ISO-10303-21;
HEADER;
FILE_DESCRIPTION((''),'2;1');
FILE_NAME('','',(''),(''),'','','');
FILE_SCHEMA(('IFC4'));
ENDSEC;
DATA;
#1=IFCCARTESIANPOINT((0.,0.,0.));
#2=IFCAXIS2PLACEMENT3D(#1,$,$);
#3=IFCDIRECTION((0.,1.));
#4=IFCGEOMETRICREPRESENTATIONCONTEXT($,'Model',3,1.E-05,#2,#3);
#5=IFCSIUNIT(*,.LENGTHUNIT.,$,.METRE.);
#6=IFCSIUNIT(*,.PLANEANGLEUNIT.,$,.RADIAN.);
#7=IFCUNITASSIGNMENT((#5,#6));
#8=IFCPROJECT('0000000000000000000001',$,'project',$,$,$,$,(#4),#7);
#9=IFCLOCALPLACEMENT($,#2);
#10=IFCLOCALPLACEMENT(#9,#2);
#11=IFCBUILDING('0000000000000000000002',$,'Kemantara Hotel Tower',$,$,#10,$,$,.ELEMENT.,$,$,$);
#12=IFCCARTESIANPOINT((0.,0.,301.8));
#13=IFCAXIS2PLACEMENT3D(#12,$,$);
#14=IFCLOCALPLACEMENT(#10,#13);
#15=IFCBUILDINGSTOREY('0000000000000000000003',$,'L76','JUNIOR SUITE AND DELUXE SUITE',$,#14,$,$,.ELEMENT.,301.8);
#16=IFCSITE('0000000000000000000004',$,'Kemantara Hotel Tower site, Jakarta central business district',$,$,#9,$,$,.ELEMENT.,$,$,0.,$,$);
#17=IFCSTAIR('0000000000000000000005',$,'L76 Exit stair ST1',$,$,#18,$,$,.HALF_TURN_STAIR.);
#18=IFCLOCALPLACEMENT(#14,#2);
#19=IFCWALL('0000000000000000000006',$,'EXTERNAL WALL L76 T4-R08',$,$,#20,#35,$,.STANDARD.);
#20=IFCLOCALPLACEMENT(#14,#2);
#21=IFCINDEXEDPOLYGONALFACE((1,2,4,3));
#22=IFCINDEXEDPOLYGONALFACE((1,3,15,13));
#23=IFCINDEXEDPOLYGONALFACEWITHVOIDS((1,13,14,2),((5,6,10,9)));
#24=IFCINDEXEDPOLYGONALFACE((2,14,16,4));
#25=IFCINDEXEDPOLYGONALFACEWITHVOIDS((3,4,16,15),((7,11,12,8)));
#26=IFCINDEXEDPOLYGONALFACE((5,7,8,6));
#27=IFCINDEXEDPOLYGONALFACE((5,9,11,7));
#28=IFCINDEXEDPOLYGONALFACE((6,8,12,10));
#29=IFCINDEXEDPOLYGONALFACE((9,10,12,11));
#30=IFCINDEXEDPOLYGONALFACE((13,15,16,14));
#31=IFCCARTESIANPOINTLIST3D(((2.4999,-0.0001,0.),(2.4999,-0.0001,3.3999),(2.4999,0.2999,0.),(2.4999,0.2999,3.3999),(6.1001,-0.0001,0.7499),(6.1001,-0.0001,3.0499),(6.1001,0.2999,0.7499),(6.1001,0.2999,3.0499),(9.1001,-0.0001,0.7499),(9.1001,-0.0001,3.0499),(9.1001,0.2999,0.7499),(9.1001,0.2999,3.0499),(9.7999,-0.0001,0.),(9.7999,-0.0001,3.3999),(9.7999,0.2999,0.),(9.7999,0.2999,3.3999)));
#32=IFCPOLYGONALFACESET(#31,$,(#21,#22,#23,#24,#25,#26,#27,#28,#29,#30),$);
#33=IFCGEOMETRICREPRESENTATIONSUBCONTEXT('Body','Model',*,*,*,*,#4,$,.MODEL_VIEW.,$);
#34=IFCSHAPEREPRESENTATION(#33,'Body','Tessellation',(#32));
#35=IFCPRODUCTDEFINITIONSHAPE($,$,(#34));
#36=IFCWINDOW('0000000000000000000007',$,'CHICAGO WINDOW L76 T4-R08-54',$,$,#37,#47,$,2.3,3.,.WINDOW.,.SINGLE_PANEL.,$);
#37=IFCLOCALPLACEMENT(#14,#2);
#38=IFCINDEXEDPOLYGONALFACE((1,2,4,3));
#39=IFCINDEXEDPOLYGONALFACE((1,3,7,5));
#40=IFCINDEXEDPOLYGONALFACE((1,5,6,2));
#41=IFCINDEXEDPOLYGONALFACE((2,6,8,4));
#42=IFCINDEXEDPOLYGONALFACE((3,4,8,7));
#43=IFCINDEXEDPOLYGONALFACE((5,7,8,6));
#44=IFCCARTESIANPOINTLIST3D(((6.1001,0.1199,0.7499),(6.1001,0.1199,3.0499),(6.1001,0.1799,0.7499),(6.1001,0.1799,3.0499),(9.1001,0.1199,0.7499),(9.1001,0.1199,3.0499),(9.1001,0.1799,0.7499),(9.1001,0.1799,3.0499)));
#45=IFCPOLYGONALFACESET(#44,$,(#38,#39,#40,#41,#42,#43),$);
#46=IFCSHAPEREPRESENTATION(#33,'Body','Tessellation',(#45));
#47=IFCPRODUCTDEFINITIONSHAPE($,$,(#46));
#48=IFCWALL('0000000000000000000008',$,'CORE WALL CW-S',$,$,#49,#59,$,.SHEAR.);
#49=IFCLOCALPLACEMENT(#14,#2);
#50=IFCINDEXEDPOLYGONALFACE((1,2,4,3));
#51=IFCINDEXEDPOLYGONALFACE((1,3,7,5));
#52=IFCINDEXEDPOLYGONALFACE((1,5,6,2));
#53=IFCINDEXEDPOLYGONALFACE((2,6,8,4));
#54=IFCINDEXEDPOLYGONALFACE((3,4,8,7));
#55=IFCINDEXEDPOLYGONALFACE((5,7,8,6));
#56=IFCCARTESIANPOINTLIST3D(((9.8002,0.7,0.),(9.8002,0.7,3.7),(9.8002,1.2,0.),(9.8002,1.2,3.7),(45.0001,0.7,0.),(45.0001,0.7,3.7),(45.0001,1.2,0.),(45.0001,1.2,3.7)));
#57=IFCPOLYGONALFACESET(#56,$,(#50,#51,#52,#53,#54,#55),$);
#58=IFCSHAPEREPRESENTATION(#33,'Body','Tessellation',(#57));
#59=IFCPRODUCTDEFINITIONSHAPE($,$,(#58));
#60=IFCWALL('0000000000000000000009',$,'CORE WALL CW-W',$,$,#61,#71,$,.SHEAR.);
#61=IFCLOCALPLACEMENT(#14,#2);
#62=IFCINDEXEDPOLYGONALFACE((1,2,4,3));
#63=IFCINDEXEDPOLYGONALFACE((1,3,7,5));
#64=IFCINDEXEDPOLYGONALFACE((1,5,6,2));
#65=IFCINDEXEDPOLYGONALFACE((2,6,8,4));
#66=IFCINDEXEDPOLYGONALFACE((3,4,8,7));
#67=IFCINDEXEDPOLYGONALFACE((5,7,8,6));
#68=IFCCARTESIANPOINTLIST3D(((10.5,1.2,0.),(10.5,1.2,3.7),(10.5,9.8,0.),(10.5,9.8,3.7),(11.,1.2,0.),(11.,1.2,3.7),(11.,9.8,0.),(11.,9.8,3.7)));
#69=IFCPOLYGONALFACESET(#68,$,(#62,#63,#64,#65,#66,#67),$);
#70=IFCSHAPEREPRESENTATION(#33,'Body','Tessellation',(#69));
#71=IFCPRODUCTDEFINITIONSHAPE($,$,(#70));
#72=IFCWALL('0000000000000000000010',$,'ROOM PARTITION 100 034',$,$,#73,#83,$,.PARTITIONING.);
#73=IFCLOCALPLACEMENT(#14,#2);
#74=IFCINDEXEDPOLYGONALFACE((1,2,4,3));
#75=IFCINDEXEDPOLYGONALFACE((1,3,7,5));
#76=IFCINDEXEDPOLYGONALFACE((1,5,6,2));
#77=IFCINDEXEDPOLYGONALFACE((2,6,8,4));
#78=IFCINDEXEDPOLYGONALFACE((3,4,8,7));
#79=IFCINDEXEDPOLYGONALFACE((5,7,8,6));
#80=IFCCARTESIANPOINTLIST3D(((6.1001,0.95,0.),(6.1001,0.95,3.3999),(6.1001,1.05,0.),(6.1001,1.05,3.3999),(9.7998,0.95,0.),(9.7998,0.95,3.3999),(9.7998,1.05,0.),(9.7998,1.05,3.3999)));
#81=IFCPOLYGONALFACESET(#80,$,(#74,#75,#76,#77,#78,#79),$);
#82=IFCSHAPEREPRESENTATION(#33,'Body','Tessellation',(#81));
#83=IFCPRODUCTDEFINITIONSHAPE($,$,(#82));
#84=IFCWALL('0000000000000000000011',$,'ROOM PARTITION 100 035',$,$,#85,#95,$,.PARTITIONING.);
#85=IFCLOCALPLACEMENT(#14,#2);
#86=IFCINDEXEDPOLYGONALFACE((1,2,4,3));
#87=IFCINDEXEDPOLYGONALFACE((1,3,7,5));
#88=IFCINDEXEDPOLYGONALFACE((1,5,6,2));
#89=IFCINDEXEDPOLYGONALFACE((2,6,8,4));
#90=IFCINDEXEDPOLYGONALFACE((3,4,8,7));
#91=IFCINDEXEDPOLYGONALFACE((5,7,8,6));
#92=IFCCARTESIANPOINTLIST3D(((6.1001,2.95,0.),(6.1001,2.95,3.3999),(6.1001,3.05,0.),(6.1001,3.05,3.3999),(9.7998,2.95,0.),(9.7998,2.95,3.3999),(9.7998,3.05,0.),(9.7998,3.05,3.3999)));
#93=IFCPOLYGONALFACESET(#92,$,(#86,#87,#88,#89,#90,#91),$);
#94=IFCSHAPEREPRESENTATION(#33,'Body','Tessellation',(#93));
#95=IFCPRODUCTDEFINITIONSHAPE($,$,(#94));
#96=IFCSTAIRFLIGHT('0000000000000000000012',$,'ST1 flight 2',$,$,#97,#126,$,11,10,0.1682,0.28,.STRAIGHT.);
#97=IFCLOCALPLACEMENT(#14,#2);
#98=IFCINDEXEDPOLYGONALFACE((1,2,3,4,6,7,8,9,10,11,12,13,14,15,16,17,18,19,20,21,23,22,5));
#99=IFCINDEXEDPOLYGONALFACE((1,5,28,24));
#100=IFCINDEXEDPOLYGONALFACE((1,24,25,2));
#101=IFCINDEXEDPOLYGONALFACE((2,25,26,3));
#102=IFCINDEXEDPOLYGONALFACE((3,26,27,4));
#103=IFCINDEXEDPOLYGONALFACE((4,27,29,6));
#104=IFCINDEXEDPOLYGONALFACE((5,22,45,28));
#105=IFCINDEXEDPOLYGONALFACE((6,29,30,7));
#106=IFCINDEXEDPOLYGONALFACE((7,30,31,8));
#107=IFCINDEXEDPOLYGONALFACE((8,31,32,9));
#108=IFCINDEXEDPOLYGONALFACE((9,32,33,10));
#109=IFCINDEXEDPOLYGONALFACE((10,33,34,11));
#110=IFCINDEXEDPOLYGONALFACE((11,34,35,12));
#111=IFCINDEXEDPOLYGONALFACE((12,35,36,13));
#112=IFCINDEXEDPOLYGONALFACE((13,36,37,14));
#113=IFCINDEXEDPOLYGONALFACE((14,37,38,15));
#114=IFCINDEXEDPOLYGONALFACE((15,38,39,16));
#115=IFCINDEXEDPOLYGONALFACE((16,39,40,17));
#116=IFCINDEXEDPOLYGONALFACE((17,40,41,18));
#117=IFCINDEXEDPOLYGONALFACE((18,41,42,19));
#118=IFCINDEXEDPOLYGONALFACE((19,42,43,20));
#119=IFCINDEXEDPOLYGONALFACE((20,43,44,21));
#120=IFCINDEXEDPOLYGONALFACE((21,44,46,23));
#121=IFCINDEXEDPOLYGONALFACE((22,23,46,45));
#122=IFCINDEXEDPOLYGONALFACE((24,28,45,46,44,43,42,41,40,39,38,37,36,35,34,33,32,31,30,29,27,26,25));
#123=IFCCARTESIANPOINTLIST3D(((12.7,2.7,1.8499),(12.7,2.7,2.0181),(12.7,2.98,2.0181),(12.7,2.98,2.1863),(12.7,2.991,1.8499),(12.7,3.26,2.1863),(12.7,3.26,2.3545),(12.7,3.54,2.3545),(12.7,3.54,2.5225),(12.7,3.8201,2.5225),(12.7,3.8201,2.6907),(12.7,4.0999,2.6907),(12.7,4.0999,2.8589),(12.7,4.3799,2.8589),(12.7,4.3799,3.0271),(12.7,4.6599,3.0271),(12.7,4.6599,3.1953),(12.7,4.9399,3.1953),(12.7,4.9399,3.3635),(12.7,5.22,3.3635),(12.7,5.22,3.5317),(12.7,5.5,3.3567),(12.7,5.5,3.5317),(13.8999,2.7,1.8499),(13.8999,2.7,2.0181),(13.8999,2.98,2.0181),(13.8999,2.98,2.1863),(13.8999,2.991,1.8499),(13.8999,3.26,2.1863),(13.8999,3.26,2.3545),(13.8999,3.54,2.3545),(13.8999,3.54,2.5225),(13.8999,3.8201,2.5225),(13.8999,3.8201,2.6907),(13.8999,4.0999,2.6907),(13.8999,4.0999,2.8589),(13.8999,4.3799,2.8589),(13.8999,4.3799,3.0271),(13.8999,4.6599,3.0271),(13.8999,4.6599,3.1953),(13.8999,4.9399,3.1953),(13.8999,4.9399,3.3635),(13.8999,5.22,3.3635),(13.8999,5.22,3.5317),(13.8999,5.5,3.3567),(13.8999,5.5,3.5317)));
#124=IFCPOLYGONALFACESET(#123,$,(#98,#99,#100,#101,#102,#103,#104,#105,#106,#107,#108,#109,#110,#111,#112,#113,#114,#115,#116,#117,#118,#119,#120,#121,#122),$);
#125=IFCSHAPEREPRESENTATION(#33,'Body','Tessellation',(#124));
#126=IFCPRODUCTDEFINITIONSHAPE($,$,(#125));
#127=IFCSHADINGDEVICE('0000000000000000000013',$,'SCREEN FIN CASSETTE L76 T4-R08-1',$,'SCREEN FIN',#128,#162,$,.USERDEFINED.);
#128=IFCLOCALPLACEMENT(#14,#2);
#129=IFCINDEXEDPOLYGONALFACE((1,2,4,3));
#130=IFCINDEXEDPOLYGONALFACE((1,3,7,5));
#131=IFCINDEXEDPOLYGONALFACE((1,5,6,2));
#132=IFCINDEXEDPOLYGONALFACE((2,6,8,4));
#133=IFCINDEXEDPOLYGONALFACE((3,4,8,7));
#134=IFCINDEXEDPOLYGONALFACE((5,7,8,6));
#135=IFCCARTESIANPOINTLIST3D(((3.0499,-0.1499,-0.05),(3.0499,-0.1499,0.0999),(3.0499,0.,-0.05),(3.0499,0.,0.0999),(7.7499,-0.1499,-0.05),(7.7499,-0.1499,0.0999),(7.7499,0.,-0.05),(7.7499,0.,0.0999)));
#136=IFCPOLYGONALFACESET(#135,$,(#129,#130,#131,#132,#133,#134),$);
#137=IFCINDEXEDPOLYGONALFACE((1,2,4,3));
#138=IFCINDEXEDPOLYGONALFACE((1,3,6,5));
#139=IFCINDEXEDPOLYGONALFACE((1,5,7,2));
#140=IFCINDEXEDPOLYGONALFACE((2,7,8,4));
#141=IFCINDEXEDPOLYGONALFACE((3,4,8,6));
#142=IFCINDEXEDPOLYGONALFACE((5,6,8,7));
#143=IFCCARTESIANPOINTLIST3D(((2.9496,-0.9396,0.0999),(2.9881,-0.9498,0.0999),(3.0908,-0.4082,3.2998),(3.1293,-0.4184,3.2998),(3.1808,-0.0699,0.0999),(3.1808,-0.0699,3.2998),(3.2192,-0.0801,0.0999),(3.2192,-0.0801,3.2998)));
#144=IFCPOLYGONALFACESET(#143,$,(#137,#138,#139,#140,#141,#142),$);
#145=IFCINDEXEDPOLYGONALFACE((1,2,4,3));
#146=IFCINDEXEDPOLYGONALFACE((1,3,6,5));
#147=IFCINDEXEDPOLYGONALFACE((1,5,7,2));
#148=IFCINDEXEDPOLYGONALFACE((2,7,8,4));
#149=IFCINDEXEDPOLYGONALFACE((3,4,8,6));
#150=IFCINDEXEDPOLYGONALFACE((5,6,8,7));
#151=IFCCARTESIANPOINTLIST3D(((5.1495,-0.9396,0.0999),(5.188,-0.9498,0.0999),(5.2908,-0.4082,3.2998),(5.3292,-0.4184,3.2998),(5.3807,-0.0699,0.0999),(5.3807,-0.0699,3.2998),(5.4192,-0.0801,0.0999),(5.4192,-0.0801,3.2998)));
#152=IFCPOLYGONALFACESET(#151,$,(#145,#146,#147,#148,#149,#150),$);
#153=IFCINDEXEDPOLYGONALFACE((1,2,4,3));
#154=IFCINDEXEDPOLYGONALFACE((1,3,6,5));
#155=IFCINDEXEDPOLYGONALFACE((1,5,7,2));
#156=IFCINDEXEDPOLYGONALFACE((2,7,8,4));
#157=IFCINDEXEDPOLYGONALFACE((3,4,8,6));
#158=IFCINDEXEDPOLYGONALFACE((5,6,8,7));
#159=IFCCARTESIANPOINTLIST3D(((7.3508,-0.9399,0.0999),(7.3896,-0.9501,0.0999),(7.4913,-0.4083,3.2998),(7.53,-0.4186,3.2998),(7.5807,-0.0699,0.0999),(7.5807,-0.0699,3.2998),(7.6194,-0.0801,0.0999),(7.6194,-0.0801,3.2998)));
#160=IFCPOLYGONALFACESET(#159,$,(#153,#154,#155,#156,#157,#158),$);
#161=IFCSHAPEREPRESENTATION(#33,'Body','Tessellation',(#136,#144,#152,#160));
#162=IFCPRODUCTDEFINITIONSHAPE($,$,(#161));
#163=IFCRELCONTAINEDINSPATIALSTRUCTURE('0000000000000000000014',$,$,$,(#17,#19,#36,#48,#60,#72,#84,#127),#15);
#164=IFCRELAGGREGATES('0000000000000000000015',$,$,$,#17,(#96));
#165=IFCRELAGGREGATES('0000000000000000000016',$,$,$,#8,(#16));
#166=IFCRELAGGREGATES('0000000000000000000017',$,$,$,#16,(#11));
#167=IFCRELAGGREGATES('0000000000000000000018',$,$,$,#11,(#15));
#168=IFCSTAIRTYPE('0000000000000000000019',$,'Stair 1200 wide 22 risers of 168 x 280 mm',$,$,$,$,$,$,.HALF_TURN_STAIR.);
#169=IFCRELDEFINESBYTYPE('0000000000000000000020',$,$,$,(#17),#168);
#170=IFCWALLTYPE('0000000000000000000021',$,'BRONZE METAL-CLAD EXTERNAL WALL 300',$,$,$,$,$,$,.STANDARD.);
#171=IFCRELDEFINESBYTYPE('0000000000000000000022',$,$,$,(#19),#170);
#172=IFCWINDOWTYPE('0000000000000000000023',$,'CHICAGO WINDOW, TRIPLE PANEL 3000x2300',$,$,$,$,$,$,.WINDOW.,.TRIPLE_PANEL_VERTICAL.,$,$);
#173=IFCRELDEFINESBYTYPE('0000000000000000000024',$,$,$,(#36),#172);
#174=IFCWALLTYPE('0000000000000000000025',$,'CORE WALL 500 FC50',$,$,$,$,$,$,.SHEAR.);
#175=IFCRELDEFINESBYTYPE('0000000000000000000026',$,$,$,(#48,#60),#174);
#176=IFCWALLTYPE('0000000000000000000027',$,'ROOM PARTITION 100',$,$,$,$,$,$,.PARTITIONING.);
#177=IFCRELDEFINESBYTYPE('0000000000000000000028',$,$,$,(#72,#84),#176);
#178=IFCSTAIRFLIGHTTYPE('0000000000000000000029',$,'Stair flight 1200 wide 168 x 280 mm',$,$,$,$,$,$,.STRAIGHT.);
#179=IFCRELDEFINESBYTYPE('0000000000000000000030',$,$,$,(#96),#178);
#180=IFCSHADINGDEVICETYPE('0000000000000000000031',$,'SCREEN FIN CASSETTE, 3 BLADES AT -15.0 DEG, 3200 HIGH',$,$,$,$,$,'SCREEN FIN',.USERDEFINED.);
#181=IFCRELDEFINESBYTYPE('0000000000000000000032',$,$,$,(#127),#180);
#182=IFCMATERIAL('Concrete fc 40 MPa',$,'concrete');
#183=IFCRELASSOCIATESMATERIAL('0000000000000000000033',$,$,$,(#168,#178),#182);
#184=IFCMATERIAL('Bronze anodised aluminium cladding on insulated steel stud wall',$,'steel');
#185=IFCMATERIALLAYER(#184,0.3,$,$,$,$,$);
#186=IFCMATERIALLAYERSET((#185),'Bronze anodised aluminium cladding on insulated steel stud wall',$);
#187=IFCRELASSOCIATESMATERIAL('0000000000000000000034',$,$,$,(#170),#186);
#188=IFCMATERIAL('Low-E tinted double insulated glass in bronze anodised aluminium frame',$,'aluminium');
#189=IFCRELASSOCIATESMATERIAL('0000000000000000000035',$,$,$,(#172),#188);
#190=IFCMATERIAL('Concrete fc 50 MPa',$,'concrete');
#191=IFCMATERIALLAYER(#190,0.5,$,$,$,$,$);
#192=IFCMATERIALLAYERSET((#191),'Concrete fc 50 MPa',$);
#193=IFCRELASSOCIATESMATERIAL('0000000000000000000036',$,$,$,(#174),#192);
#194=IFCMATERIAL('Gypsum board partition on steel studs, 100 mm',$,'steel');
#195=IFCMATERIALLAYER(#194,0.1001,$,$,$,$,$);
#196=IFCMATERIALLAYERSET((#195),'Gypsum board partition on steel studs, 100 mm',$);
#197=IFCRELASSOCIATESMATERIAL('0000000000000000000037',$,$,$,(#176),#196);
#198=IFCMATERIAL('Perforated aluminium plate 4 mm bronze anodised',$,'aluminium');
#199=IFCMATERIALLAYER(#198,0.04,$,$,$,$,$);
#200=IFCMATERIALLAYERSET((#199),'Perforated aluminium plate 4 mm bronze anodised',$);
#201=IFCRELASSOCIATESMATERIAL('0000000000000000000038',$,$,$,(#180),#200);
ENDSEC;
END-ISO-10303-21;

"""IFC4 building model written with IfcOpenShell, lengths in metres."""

from ifc_helpers import new_model, si_unit, direction, frame, frame_2d, origin, origin_2d, place, context, subcontext, project, spatial, polyline, rectangle, outline, extrude, source, transform, mapped, material, layer, layer_set, type_object, element, fill, aggregate, save


model = new_model("IFC4")

# Units and contexts
model_context = context("Model", 3, precision=1e-05, world=origin(), true_north=direction((0.0, 1.0)))
body_context = subcontext(model_context, "Body", "Model", "MODEL_VIEW")
ifc_project = project(units=[si_unit("LENGTHUNIT", "METRE"), si_unit("PLANEANGLEUNIT", "RADIAN")], contexts=[model_context])

# Site, building, storey
site_placement = place(None, origin())
site = spatial("IfcSite", under=ifc_project, at=site_placement, Name="Kemantara Hotel Tower site, Jakarta central business district", CompositionType="ELEMENT", RefElevation=0.0)
building_placement = place(site_placement, origin())
building = spatial("IfcBuilding", under=site, at=building_placement, Name="Kemantara Hotel Tower", CompositionType="ELEMENT")
storey_placement = place(building_placement, frame((0.0, 0.0, 301.8)))
storey = spatial("IfcBuildingStorey", under=building, at=storey_placement, Name="L76", Description="JUNIOR SUITE AND DELUXE SUITE", CompositionType="ELEMENT", Elevation=301.8)

# Shared definitions
ifc_material_1 = material(Name="Concrete fc 50 MPa", Category="concrete")

# Shared definitions
ifc_material_2 = material(Name="Concrete fc 40 MPa", Category="concrete")

# Stair
stair_type_1 = type_object("IfcStairType", Name="Stair 1200 wide 22 risers of 168 x 280 mm", PredefinedType="HALF_TURN_STAIR", material=ifc_material_2)
stair_1_placement = place(storey_placement, origin())
stair_1 = element("IfcStair", 1, at=stair_1_placement, inside=storey, type_object=stair_type_1, Name="L76 Exit stair ST1", PredefinedType="HALF_TURN_STAIR")

# Shared definitions
ifc_material_3 = material(Name="Bronze anodised aluminium cladding on insulated steel stud wall", Category="steel")
ifc_layer_1 = layer(ifc_material_3, 0.3)
ifc_layer_set_1 = layer_set([ifc_layer_1], Name="Bronze anodised aluminium cladding on insulated steel stud wall")
wall_type_1 = type_object("IfcWallType", Name="BRONZE METAL-CLAD EXTERNAL WALL 300", PredefinedType="STANDARD", material=ifc_layer_set_1)

# Wall, opening, window
wall_1_placement = place(storey_placement, frame((2.5, 0.1499, 0.0), z_axis=(0.0, 0.0, 1.0), x_axis=(1.0, 0.0, 0.0)))
wall_1 = element("IfcWall", 2, at=wall_1_placement, inside=storey, type_object=wall_type_1, Name="EXTERNAL WALL L76 T4-R08", PredefinedType="STANDARD", context=body_context, shape_type="SweptSolid", body=[
    extrude(rectangle(XDim=7.3, YDim=0.3, at=frame_2d((3.6499, 0.0))), origin(), (0.0, 0.0, 1.0), 3.3999),
])
opening_placement = place(wall_1_placement, frame((3.6001, 0.0, 0.75)))
opening = element("IfcOpeningElement", 3, at=opening_placement, cuts=wall_1, PredefinedType="OPENING", context=body_context, shape_type="SweptSolid", body=[
    extrude(rectangle(XDim=3.0, YDim=2.3, at=frame_2d((1.5, 1.1499))), frame((0.0, 0.1599, 0.0), z_axis=(0.0, -1.0, 0.0), x_axis=(1.0, 0.0, 0.0)), (0.0, 0.0, 1.0), 0.3201),
])
ifc_material_4 = material(Name="Low-E tinted double insulated glass in bronze anodised aluminium frame", Category="aluminium")
window_type = type_object("IfcWindowType", Name="CHICAGO WINDOW, TRIPLE PANEL 3000x2300", PartitioningType="TRIPLE_PANEL_VERTICAL", PredefinedType="WINDOW", material=ifc_material_4)
window_placement = place(opening_placement, origin())
window = element("IfcWindow", 4, at=window_placement, inside=storey, type_object=window_type, Name="CHICAGO WINDOW L76 T4-R08-54", OverallHeight=2.3, OverallWidth=3.0, PartitioningType="SINGLE_PANEL", PredefinedType="WINDOW", context=body_context, shape_type="SweptSolid", body=[
    extrude(rectangle(XDim=3.0, YDim=2.3, at=frame_2d((1.5, 1.1499))), frame((0.0, 0.03, 0.0), z_axis=(0.0, -1.0, 0.0), x_axis=(1.0, 0.0, 0.0)), (0.0, 0.0, 1.0), 0.0601),
])
fill(opening, window)

# Walls
ifc_layer_2 = layer(ifc_material_1, 0.5)
ifc_layer_set_2 = layer_set([ifc_layer_2], Name="Concrete fc 50 MPa")
wall_type_2 = type_object("IfcWallType", Name="CORE WALL 500 FC50", PredefinedType="SHEAR", material=ifc_layer_set_2)
wall_2_placement = place(storey_placement, frame((9.8, 0.95, 0.0), z_axis=(0.0, 0.0, 1.0), x_axis=(1.0, 0.0, 0.0)))
element("IfcWall", 5, at=wall_2_placement, inside=storey, type_object=wall_type_2, Name="CORE WALL CW-S", PredefinedType="SHEAR", context=body_context, shape_type="SweptSolid", body=[
    extrude(rectangle(XDim=35.2, YDim=0.5, at=frame_2d((17.6001, 0.0))), origin(), (0.0, 0.0, 1.0), 3.7),
])
wall_3_placement = place(storey_placement, frame((10.75, 1.2, 0.0), z_axis=(0.0, 0.0, 1.0), x_axis=(0.0, 1.0, 0.0)))
element("IfcWall", 6, at=wall_3_placement, inside=storey, type_object=wall_type_2, Name="CORE WALL CW-W", PredefinedType="SHEAR", context=body_context, shape_type="SweptSolid", body=[
    extrude(rectangle(XDim=8.6001, YDim=0.5, at=frame_2d((4.3, 0.0))), origin(), (0.0, 0.0, 1.0), 3.7),
])
ifc_material_5 = material(Name="Gypsum board partition on steel studs, 100 mm", Category="steel")
ifc_layer_3 = layer(ifc_material_5, 0.1001)
ifc_layer_set_3 = layer_set([ifc_layer_3], Name="Gypsum board partition on steel studs, 100 mm")
wall_type_3 = type_object("IfcWallType", Name="ROOM PARTITION 100", PredefinedType="PARTITIONING", material=ifc_layer_set_3)
for number, where, z_axis, x_axis, name in (
    (7, (6.1001, 1.0, 0.0), (0.0, 0.0, 1.0), (1.0, 0.0, 0.0), "ROOM PARTITION 100 034"),
    (8, (6.1001, 3.0, 0.0), (0.0, 0.0, 1.0), (1.0, 0.0, 0.0), "ROOM PARTITION 100 035"),
):
    element("IfcWall", number, at=place(storey_placement, frame(where, z_axis=z_axis, x_axis=x_axis)), inside=storey, type_object=wall_type_3, Name=name, PredefinedType="PARTITIONING", context=body_context, shape_type="SweptSolid", body=[
        extrude(rectangle(XDim=3.6997, YDim=0.1001, at=frame_2d((1.8499, 0.0))), origin(), (0.0, 0.0, 1.0), 3.3999),
    ])

# Stair flight
stair_flight_type = type_object("IfcStairFlightType", Name="Stair flight 1200 wide 168 x 280 mm", PredefinedType="STRAIGHT", material=ifc_material_2)
stair_flight_placement = place(storey_placement, frame((13.3, 2.7, 1.8499), z_axis=(0.0, 0.0, 1.0), x_axis=(0.0, 1.0, 0.0)))
stair_flight = element("IfcStairFlight", 9, at=stair_flight_placement, type_object=stair_flight_type, Name="ST1 flight 2", NumberOfRisers=11, NumberOfTreads=10, PredefinedType="STRAIGHT", RiserHeight=0.1682, TreadLength=0.28, context=body_context, shape_type="SweptSolid", body=[
    extrude(outline(polyline([(0.0, 0.0), (0.0, 0.1682), (0.28, 0.1682), (0.28, 0.3364), (0.5601, 0.3364), (0.5601, 0.5046), (0.8401, 0.5046), (0.8401, 0.6726), (1.1201, 0.6726), (1.1201, 0.8408), (1.3999, 0.8408), (1.3999, 1.009), (1.6799, 1.009), (1.6799, 1.1772), (1.96, 1.1772), (1.96, 1.3455), (2.24, 1.3455), (2.24, 1.5137), (2.52, 1.5137), (2.52, 1.6819), (2.8, 1.6819), (2.8, 1.8501), (2.8, 1.5068), (0.291, 0.0), (0.0, 0.0)])), frame((0.0, 0.6001, 0.0), z_axis=(0.0, -1.0, 0.0), x_axis=(1.0, 0.0, 0.0)), (0.0, 0.0, 1.0), 1.2),
])
aggregate(stair_1, [stair_flight])

# Shading device
ifc_material_6 = material(Name="Perforated aluminium plate 4 mm bronze anodised", Category="aluminium")
ifc_layer_4 = layer(ifc_material_6, 0.04)
ifc_layer_set_4 = layer_set([ifc_layer_4], Name="Perforated aluminium plate 4 mm bronze anodised")
shading_device_type_1 = type_object("IfcShadingDeviceType", Name="SCREEN FIN CASSETTE, 3 BLADES AT -15.0 DEG, 3200 HIGH", ElementType="SCREEN FIN", PredefinedType="USERDEFINED", material=ifc_layer_set_4)
shared_shape_1 = source(origin(), body_context, "Body", "SweptSolid", [
    extrude(rectangle(XDim=4.7, YDim=0.1499, at=origin_2d()), frame((2.2, -0.075, -0.1499), z_axis=(0.0, 0.0, 1.0), x_axis=(1.0, 0.0, 0.0)), (0.0, 0.0, 1.0), 0.1499),
    extrude(outline(polyline([(0.0, 0.0), (0.8999, 0.0), (0.3501, 3.2), (0.0, 3.2), (0.0, 0.0)])), frame((0.0193, -0.0801, 0.0), z_axis=(-0.966438, 0.256901, 0.0), x_axis=(-0.256901, -0.966438, 0.0)), (0.0, 0.0, 1.0), 0.0398),
    extrude(outline(polyline([(0.0, 0.0), (0.8999, 0.0), (0.3501, 3.2), (0.0, 3.2), (0.0, 0.0)])), frame((2.2192, -0.0801, 0.0), z_axis=(-0.966438, 0.256901, 0.0), x_axis=(-0.256901, -0.966438, 0.0)), (0.0, 0.0, 1.0), 0.0398),
    extrude(outline(polyline([(0.0, 0.0), (0.8999, 0.0), (0.3501, 3.2), (0.0, 3.2), (0.0, 0.0)])), frame((4.4194, -0.0801, 0.0), z_axis=(-0.966838, 0.255391, 0.0), x_axis=(-0.255391, -0.966838, 0.0)), (0.0, 0.0, 1.0), 0.04),
])
shading_device_1_placement = place(storey_placement, frame((3.2, 0.0, 0.0999), z_axis=(0.0, 0.0, 1.0), x_axis=(1.0, 0.0, 0.0)))
element("IfcShadingDevice", 10, at=shading_device_1_placement, inside=storey, type_object=shading_device_type_1, Name="SCREEN FIN CASSETTE L76 T4-R08-1", ObjectType="SCREEN FIN", PredefinedType="USERDEFINED", context=body_context, shape_type="MappedRepresentation", body=[
    mapped(shared_shape_1, transform((0.0, 0.0, 0.0))),
])

save(model, "model.ifc")
